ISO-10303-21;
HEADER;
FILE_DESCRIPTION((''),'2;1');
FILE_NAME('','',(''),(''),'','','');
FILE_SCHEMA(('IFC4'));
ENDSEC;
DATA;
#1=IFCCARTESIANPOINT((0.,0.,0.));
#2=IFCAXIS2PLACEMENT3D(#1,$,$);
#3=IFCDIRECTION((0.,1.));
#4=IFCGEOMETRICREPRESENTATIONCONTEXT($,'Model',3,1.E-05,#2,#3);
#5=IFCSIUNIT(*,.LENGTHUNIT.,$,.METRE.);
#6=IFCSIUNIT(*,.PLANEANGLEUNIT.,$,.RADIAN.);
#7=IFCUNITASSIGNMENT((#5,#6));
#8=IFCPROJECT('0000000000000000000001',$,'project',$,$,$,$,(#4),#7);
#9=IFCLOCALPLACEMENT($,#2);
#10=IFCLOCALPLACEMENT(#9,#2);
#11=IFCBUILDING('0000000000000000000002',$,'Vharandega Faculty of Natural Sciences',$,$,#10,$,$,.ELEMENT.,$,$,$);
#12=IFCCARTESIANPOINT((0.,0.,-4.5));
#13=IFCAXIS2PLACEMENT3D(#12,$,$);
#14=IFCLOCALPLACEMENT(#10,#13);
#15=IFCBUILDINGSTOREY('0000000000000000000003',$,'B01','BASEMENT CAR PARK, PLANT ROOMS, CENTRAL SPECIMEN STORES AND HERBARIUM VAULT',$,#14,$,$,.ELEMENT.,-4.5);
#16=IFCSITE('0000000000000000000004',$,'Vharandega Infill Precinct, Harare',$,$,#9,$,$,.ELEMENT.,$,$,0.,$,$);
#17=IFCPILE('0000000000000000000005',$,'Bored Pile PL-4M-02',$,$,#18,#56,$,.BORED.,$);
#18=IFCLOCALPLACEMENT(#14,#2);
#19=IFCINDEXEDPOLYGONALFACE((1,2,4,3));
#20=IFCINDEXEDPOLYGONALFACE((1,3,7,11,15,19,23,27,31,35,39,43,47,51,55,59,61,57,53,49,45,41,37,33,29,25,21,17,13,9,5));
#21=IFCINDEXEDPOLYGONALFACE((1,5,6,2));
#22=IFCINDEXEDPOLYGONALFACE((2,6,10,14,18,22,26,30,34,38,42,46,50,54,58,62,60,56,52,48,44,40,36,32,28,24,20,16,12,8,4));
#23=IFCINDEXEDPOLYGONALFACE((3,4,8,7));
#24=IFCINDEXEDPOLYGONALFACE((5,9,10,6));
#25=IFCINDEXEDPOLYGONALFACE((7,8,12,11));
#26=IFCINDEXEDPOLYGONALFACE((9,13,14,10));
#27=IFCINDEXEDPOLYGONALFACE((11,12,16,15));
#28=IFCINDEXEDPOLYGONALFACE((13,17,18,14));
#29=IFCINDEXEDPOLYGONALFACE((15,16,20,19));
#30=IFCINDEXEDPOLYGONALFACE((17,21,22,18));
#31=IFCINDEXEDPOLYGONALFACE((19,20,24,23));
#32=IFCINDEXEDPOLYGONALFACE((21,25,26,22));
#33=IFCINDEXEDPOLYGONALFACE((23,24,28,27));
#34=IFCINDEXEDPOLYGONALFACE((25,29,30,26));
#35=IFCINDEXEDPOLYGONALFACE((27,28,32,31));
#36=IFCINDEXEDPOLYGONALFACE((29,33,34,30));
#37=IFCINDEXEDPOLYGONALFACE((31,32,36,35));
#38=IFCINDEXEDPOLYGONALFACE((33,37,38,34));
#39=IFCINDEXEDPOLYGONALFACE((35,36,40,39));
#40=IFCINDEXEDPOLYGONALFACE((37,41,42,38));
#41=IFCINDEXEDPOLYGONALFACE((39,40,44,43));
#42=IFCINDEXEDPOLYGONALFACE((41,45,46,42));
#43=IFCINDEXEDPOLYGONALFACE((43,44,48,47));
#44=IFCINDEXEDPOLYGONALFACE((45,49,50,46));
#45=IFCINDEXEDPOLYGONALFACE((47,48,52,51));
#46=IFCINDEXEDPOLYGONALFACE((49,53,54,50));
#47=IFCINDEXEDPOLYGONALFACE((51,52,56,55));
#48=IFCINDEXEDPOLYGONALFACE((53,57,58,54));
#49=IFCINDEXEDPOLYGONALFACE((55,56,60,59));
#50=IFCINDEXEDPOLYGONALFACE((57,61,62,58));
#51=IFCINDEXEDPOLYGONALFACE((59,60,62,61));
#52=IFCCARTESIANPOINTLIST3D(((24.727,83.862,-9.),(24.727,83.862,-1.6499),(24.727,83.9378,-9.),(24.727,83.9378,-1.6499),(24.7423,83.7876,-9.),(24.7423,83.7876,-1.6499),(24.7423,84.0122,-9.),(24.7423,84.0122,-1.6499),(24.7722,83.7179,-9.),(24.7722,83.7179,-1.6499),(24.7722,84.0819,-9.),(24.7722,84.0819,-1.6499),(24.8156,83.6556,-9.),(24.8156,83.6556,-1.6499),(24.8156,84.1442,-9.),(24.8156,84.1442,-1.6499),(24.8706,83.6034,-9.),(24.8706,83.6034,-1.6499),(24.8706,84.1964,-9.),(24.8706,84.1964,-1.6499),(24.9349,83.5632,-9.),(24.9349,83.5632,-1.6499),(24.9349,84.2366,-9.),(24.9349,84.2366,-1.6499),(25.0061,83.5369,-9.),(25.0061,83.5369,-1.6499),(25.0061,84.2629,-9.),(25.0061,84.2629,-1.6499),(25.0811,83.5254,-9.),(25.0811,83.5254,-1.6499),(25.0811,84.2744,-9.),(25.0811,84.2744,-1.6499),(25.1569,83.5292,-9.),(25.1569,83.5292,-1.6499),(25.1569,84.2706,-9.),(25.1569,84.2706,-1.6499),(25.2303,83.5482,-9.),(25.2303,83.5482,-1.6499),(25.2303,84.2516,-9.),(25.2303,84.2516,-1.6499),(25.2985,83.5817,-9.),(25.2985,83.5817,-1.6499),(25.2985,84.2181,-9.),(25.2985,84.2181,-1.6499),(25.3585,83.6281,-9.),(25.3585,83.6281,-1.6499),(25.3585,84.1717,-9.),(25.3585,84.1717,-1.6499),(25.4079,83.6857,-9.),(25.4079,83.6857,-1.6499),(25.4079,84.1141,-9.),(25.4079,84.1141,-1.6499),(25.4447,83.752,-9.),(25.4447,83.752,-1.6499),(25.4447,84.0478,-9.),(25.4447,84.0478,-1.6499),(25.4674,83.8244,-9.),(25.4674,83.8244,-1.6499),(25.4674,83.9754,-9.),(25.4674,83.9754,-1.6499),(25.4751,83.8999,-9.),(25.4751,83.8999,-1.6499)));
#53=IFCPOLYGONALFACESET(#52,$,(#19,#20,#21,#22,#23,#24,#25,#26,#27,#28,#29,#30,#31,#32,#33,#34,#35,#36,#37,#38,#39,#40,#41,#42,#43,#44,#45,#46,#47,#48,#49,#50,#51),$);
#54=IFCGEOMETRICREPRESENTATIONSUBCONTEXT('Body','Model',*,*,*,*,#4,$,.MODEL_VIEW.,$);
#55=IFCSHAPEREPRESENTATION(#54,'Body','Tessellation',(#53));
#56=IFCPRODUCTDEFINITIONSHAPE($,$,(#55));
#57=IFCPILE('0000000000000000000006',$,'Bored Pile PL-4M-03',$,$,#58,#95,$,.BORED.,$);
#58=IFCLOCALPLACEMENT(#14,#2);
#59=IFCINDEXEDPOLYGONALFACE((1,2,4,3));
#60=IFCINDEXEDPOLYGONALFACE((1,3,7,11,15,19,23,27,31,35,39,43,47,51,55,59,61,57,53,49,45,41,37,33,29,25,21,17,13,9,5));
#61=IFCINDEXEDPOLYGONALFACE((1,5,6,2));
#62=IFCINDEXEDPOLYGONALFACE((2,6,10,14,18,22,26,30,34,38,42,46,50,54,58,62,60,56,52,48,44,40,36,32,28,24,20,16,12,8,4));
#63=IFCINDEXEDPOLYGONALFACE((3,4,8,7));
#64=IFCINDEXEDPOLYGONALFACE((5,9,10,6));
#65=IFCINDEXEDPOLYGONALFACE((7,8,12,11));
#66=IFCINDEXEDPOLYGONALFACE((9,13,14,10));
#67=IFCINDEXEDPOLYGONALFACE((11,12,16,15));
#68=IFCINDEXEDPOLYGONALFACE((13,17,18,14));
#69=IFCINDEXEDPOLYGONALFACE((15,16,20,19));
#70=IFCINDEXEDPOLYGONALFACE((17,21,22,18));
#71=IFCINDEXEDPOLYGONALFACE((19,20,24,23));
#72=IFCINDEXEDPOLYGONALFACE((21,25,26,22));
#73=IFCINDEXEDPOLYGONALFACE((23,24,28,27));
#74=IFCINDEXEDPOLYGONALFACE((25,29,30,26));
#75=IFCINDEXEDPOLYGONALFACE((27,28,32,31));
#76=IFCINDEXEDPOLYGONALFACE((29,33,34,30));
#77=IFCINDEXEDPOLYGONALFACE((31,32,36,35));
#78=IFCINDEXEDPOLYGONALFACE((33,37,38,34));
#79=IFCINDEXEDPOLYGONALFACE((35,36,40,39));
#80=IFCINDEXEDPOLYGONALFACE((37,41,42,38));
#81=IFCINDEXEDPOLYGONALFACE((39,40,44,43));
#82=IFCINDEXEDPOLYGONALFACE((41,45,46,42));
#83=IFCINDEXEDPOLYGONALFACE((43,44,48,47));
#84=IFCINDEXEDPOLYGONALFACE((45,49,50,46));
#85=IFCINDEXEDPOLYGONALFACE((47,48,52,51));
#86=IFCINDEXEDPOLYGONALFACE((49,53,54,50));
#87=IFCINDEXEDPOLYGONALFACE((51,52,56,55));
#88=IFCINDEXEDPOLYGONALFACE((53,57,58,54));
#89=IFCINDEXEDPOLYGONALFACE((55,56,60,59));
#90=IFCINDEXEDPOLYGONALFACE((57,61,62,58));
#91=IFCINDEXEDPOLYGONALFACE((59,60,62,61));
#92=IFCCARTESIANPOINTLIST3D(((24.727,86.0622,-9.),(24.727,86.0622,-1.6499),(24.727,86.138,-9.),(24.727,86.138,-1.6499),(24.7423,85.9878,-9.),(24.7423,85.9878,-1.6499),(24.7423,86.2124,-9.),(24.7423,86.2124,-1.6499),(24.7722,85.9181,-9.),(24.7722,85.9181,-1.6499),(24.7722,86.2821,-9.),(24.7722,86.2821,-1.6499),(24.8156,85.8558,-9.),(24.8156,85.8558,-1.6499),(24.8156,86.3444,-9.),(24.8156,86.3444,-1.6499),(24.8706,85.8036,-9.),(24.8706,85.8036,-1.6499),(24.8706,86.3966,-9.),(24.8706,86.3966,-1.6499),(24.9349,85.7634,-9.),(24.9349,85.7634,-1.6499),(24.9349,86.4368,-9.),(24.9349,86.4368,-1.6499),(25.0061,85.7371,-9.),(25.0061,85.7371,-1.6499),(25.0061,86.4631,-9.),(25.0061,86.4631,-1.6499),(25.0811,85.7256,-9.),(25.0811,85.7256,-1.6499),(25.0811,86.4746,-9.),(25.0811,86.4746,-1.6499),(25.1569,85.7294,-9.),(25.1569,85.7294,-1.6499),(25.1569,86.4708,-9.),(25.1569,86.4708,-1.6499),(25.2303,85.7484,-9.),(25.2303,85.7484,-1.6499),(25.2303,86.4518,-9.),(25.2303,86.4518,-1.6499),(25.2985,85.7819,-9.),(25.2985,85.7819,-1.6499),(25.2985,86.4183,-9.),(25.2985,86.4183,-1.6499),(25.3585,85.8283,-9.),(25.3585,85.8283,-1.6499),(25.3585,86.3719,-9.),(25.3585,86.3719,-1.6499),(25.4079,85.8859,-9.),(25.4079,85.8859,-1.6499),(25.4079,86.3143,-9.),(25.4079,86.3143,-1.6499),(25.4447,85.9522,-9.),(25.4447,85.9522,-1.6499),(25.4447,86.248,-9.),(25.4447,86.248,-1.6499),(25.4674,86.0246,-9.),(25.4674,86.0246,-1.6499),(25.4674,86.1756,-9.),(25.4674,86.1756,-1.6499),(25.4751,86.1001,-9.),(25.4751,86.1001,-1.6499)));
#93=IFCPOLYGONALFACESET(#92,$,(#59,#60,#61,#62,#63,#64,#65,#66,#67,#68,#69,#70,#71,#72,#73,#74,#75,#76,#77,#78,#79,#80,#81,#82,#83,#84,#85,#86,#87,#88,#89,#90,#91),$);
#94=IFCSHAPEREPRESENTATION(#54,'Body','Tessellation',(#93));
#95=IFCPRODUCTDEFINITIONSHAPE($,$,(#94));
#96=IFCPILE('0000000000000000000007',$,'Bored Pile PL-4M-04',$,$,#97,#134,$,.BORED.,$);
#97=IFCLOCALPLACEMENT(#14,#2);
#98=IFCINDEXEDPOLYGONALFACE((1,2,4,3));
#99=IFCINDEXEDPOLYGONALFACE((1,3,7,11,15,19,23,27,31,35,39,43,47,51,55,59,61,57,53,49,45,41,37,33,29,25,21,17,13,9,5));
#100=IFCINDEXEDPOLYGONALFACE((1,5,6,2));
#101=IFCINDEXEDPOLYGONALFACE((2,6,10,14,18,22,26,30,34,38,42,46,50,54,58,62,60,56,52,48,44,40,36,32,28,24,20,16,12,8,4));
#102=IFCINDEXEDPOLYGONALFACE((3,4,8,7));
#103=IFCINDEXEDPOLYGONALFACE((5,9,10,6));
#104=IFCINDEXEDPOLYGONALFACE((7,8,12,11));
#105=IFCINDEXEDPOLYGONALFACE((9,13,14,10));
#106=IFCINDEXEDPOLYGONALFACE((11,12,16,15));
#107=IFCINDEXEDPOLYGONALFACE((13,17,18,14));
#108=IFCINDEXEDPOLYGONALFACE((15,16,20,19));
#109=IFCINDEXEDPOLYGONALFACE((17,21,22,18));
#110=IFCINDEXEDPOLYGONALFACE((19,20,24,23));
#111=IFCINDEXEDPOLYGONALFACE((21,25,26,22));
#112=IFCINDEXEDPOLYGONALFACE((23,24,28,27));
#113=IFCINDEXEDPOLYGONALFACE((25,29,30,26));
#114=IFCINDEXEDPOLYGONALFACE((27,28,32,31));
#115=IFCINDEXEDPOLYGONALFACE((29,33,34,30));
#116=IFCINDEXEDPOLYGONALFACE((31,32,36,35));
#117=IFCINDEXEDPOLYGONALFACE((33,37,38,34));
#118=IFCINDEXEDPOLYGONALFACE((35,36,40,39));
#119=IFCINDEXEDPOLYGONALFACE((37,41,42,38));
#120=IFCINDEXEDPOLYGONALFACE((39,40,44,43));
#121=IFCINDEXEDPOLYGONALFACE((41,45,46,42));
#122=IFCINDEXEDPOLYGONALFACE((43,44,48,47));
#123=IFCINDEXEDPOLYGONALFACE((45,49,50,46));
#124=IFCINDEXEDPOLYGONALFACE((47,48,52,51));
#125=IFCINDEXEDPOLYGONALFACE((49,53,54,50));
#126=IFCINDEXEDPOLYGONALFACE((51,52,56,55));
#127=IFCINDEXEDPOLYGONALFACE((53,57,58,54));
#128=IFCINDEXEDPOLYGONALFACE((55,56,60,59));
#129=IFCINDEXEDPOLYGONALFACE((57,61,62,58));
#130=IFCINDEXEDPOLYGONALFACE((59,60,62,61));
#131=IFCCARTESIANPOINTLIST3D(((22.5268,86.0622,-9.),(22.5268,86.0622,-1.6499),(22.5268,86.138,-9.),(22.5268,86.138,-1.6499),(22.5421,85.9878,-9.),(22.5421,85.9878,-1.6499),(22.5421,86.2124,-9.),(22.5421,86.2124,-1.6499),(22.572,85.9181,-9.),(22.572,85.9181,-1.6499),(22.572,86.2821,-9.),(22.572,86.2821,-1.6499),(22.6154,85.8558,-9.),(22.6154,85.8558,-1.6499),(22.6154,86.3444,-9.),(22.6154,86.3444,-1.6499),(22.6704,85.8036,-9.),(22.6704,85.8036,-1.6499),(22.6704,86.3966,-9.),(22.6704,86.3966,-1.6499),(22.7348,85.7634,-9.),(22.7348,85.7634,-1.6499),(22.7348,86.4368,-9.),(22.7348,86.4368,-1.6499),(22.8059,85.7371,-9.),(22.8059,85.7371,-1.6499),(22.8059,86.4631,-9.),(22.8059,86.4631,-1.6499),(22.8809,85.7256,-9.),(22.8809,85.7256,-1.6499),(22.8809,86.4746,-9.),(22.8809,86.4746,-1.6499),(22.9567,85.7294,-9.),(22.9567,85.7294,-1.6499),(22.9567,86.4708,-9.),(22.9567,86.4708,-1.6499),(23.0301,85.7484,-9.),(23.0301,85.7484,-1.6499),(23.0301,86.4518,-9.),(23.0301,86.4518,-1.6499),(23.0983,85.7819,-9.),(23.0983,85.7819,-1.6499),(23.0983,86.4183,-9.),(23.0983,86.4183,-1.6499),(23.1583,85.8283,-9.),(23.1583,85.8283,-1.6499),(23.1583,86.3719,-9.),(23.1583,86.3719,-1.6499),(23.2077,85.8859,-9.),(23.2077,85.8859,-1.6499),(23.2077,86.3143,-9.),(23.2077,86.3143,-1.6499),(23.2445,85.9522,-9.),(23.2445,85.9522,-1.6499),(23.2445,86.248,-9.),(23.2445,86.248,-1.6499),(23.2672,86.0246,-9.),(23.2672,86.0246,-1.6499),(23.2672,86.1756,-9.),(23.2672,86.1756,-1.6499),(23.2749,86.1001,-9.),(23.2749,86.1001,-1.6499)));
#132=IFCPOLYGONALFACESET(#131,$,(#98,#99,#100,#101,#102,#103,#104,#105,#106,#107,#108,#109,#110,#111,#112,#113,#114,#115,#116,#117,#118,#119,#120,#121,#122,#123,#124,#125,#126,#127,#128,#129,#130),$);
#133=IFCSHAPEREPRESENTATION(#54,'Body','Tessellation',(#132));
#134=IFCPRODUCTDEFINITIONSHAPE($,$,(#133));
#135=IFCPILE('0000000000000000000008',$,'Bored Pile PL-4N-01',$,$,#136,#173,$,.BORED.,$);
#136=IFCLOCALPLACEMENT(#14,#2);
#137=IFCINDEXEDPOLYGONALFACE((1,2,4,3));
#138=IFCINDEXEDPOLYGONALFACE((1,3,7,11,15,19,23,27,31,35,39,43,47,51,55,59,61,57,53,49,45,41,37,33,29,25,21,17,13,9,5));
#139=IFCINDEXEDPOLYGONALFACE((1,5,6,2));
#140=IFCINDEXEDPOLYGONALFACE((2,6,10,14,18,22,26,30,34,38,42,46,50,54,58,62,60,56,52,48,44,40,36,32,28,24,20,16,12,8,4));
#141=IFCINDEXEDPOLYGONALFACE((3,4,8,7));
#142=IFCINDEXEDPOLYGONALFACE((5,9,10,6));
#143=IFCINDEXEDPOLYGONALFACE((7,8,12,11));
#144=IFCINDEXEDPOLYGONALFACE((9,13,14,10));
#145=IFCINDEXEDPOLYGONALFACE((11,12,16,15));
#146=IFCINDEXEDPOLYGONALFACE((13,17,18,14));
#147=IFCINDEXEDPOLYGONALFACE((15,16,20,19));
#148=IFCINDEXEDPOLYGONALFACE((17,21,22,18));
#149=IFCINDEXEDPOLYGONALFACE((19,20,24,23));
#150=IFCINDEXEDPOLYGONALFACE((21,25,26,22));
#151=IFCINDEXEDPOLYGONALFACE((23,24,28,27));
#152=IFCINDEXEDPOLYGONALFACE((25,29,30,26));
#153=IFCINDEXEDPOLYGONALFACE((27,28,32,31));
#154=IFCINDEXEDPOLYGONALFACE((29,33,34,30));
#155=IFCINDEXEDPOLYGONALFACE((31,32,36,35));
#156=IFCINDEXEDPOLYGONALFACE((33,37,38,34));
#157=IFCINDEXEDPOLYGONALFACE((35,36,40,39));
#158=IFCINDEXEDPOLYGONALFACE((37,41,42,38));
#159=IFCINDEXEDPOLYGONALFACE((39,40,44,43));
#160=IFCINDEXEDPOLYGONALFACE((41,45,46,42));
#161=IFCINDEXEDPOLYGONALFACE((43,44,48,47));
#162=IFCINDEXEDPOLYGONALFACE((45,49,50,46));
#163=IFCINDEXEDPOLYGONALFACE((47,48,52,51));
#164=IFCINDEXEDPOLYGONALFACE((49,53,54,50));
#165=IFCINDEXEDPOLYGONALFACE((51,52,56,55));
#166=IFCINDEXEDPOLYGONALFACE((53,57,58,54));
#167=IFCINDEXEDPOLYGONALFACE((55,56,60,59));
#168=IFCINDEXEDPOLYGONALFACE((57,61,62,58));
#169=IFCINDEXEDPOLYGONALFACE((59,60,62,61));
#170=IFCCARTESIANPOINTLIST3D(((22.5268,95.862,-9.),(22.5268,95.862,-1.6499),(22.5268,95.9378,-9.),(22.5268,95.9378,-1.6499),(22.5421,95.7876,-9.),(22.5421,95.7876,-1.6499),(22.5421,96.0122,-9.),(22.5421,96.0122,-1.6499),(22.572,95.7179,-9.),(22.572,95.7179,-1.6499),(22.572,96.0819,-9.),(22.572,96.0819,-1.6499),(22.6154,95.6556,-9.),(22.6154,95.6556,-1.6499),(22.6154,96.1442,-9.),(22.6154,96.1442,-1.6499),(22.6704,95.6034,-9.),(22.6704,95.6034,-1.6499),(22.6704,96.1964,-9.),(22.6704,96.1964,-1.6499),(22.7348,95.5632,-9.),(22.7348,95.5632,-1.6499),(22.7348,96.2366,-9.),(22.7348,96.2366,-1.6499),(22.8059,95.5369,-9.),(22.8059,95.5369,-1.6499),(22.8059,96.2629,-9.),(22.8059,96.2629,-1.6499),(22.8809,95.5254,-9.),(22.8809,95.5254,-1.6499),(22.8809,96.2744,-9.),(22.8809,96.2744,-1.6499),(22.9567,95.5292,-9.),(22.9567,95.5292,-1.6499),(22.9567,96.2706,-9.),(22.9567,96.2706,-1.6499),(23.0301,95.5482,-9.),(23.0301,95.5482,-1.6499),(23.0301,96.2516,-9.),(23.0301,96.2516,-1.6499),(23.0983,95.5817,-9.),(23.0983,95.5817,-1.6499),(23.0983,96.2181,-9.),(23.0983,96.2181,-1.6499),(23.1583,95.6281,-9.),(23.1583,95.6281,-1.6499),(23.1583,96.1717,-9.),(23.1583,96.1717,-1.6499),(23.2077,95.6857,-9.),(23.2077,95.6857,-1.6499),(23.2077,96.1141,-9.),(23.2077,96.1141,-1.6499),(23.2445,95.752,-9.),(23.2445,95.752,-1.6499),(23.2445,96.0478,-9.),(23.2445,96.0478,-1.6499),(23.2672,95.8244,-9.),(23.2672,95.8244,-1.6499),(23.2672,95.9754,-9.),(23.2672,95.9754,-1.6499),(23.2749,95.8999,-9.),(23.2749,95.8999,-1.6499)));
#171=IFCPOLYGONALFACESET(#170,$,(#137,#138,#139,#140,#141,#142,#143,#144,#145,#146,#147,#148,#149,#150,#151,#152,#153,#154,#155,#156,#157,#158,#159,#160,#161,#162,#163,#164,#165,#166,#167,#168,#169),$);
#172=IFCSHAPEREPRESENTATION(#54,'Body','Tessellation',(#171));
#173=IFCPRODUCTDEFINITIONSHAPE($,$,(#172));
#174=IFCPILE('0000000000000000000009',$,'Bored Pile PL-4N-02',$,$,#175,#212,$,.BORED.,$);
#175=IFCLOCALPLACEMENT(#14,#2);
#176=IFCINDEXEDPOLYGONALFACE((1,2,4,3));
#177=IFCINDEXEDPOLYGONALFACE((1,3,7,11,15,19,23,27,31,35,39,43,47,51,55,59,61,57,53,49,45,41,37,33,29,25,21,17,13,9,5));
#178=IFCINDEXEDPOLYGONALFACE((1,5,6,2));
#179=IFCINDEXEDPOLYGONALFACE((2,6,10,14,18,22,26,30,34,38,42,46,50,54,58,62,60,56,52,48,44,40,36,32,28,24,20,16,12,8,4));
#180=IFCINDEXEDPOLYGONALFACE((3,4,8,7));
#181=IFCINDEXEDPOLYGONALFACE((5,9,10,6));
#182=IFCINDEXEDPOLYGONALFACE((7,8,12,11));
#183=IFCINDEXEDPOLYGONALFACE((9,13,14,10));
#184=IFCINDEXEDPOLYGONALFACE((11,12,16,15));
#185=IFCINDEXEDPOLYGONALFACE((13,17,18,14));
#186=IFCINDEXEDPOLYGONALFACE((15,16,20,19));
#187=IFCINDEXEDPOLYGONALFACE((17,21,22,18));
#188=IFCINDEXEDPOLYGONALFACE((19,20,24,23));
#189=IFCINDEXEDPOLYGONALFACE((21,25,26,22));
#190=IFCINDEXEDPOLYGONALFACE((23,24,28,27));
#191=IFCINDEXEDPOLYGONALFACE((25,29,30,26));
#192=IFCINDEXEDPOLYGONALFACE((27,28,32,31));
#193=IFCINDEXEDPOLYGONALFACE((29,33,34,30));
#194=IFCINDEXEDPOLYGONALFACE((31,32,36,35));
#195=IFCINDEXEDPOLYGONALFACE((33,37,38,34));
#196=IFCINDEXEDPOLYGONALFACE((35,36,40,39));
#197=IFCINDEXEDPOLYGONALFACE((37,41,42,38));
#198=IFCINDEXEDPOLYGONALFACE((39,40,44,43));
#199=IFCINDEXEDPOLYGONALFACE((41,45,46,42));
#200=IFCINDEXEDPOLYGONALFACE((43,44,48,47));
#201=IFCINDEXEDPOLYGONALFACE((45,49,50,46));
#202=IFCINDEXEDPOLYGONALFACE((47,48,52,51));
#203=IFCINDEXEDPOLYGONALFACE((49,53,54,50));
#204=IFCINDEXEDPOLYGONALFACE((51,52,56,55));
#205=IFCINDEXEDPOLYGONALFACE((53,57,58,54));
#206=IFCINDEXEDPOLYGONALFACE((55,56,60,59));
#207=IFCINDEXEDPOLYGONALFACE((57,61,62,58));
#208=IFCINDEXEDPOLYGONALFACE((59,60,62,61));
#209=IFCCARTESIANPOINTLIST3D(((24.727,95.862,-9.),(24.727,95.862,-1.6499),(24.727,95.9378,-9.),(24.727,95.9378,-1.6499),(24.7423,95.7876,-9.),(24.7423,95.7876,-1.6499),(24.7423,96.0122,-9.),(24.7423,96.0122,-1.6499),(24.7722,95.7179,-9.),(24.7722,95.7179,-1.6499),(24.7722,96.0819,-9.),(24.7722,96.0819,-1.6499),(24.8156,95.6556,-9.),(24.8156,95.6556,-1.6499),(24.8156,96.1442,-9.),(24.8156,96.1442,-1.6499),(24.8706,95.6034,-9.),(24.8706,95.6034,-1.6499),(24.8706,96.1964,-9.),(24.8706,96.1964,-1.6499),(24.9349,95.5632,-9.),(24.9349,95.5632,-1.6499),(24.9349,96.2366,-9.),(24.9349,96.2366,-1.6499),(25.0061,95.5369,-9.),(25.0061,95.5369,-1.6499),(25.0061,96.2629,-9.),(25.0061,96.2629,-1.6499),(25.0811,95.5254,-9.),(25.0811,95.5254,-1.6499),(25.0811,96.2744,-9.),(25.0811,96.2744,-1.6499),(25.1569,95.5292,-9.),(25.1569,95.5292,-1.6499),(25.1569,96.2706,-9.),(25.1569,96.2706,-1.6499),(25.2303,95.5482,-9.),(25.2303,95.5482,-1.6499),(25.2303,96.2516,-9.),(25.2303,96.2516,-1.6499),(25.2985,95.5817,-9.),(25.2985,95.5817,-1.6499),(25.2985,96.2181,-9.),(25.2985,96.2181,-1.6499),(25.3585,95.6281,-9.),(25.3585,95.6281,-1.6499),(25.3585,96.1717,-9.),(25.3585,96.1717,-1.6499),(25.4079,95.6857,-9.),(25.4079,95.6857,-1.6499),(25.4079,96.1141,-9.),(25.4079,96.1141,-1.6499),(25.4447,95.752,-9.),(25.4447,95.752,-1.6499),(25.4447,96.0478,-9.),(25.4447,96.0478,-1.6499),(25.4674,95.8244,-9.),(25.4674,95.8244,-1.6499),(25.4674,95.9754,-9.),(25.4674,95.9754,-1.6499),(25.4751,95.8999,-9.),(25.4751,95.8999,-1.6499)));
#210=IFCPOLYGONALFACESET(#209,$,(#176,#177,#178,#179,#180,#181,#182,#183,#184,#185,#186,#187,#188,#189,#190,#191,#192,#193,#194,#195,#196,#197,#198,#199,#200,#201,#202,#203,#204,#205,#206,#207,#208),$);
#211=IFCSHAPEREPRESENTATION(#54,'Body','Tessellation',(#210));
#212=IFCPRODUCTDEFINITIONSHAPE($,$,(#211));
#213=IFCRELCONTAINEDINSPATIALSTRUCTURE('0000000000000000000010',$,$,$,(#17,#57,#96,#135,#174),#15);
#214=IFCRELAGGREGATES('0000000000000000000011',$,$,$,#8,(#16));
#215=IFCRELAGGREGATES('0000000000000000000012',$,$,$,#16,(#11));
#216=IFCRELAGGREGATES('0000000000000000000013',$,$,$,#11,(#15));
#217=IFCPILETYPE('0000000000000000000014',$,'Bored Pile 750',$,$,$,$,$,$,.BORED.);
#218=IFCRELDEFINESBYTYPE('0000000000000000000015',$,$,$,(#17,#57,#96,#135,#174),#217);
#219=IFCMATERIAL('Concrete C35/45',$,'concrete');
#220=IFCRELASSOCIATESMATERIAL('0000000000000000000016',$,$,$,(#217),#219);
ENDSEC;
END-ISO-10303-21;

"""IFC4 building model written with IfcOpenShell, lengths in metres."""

from ifc_helpers import new_model, si_unit, direction, frame, origin, origin_2d, place, context, subcontext, project, spatial, circle, extrude, material, material_profile, profile_set, type_object, element, save


model = new_model("IFC4")

# Units and contexts
model_context = context("Model", 3, precision=1e-05, world=origin(), true_north=direction((0.0, 1.0)))
body_context = subcontext(model_context, "Body", "Model", "MODEL_VIEW")
ifc_project = project(units=[si_unit("LENGTHUNIT", "METRE"), si_unit("PLANEANGLEUNIT", "RADIAN")], contexts=[model_context])

# Site, building, storey
site_placement = place(None, origin())
site = spatial("IfcSite", under=ifc_project, at=site_placement, Name="Vharandega Infill Precinct, Harare", CompositionType="ELEMENT", RefElevation=0.0)
building_placement = place(site_placement, origin())
building = spatial("IfcBuilding", under=site, at=building_placement, Name="Vharandega Faculty of Natural Sciences", CompositionType="ELEMENT")
storey_placement = place(building_placement, frame((0.0, 0.0, -4.5)))
storey = spatial("IfcBuildingStorey", under=building, at=storey_placement, Name="B01", Description="BASEMENT CAR PARK, PLANT ROOMS, CENTRAL SPECIMEN STORES AND HERBARIUM VAULT", CompositionType="ELEMENT", Elevation=-4.5)

# Piles
ifc_material_1 = material(Name="Concrete C35/45", Category="concrete")
ifc_material_profile_1 = material_profile(ifc_material_1, circle(Radius=0.375, at=origin_2d()), Name="PILE 750")
ifc_profile_set_1 = profile_set([ifc_material_profile_1], Name="Concrete C35/45")
pile_type = type_object("IfcPileType", Name="Bored Pile 750", PredefinedType="BORED", material=ifc_profile_set_1)
for number, where, z_axis, x_axis, name in (
    (1, (25.1001, 83.8999, -1.6499), (0.0, 0.0, -1.0), (1.0, 0.0, 0.0), "Bored Pile PL-4M-02"),
    (2, (25.1001, 86.1001, -1.6499), (0.0, 0.0, -1.0), (1.0, 0.0, 0.0), "Bored Pile PL-4M-03"),
    (3, (22.8999, 86.1001, -1.6499), (0.0, 0.0, -1.0), (1.0, 0.0, 0.0), "Bored Pile PL-4M-04"),
    (4, (22.8999, 95.8999, -1.6499), (0.0, 0.0, -1.0), (1.0, 0.0, 0.0), "Bored Pile PL-4N-01"),
    (5, (25.1001, 95.8999, -1.6499), (0.0, 0.0, -1.0), (1.0, 0.0, 0.0), "Bored Pile PL-4N-02"),
):
    element("IfcPile", number, at=place(storey_placement, frame(where, z_axis=z_axis, x_axis=x_axis)), inside=storey, type_object=pile_type, Name=name, PredefinedType="BORED", context=body_context, shape_type="SweptSolid", body=[
        extrude(circle(Radius=0.375, at=origin_2d()), origin(), (0.0, 0.0, 1.0), 7.3501),
    ])

save(model, "model.ifc")
